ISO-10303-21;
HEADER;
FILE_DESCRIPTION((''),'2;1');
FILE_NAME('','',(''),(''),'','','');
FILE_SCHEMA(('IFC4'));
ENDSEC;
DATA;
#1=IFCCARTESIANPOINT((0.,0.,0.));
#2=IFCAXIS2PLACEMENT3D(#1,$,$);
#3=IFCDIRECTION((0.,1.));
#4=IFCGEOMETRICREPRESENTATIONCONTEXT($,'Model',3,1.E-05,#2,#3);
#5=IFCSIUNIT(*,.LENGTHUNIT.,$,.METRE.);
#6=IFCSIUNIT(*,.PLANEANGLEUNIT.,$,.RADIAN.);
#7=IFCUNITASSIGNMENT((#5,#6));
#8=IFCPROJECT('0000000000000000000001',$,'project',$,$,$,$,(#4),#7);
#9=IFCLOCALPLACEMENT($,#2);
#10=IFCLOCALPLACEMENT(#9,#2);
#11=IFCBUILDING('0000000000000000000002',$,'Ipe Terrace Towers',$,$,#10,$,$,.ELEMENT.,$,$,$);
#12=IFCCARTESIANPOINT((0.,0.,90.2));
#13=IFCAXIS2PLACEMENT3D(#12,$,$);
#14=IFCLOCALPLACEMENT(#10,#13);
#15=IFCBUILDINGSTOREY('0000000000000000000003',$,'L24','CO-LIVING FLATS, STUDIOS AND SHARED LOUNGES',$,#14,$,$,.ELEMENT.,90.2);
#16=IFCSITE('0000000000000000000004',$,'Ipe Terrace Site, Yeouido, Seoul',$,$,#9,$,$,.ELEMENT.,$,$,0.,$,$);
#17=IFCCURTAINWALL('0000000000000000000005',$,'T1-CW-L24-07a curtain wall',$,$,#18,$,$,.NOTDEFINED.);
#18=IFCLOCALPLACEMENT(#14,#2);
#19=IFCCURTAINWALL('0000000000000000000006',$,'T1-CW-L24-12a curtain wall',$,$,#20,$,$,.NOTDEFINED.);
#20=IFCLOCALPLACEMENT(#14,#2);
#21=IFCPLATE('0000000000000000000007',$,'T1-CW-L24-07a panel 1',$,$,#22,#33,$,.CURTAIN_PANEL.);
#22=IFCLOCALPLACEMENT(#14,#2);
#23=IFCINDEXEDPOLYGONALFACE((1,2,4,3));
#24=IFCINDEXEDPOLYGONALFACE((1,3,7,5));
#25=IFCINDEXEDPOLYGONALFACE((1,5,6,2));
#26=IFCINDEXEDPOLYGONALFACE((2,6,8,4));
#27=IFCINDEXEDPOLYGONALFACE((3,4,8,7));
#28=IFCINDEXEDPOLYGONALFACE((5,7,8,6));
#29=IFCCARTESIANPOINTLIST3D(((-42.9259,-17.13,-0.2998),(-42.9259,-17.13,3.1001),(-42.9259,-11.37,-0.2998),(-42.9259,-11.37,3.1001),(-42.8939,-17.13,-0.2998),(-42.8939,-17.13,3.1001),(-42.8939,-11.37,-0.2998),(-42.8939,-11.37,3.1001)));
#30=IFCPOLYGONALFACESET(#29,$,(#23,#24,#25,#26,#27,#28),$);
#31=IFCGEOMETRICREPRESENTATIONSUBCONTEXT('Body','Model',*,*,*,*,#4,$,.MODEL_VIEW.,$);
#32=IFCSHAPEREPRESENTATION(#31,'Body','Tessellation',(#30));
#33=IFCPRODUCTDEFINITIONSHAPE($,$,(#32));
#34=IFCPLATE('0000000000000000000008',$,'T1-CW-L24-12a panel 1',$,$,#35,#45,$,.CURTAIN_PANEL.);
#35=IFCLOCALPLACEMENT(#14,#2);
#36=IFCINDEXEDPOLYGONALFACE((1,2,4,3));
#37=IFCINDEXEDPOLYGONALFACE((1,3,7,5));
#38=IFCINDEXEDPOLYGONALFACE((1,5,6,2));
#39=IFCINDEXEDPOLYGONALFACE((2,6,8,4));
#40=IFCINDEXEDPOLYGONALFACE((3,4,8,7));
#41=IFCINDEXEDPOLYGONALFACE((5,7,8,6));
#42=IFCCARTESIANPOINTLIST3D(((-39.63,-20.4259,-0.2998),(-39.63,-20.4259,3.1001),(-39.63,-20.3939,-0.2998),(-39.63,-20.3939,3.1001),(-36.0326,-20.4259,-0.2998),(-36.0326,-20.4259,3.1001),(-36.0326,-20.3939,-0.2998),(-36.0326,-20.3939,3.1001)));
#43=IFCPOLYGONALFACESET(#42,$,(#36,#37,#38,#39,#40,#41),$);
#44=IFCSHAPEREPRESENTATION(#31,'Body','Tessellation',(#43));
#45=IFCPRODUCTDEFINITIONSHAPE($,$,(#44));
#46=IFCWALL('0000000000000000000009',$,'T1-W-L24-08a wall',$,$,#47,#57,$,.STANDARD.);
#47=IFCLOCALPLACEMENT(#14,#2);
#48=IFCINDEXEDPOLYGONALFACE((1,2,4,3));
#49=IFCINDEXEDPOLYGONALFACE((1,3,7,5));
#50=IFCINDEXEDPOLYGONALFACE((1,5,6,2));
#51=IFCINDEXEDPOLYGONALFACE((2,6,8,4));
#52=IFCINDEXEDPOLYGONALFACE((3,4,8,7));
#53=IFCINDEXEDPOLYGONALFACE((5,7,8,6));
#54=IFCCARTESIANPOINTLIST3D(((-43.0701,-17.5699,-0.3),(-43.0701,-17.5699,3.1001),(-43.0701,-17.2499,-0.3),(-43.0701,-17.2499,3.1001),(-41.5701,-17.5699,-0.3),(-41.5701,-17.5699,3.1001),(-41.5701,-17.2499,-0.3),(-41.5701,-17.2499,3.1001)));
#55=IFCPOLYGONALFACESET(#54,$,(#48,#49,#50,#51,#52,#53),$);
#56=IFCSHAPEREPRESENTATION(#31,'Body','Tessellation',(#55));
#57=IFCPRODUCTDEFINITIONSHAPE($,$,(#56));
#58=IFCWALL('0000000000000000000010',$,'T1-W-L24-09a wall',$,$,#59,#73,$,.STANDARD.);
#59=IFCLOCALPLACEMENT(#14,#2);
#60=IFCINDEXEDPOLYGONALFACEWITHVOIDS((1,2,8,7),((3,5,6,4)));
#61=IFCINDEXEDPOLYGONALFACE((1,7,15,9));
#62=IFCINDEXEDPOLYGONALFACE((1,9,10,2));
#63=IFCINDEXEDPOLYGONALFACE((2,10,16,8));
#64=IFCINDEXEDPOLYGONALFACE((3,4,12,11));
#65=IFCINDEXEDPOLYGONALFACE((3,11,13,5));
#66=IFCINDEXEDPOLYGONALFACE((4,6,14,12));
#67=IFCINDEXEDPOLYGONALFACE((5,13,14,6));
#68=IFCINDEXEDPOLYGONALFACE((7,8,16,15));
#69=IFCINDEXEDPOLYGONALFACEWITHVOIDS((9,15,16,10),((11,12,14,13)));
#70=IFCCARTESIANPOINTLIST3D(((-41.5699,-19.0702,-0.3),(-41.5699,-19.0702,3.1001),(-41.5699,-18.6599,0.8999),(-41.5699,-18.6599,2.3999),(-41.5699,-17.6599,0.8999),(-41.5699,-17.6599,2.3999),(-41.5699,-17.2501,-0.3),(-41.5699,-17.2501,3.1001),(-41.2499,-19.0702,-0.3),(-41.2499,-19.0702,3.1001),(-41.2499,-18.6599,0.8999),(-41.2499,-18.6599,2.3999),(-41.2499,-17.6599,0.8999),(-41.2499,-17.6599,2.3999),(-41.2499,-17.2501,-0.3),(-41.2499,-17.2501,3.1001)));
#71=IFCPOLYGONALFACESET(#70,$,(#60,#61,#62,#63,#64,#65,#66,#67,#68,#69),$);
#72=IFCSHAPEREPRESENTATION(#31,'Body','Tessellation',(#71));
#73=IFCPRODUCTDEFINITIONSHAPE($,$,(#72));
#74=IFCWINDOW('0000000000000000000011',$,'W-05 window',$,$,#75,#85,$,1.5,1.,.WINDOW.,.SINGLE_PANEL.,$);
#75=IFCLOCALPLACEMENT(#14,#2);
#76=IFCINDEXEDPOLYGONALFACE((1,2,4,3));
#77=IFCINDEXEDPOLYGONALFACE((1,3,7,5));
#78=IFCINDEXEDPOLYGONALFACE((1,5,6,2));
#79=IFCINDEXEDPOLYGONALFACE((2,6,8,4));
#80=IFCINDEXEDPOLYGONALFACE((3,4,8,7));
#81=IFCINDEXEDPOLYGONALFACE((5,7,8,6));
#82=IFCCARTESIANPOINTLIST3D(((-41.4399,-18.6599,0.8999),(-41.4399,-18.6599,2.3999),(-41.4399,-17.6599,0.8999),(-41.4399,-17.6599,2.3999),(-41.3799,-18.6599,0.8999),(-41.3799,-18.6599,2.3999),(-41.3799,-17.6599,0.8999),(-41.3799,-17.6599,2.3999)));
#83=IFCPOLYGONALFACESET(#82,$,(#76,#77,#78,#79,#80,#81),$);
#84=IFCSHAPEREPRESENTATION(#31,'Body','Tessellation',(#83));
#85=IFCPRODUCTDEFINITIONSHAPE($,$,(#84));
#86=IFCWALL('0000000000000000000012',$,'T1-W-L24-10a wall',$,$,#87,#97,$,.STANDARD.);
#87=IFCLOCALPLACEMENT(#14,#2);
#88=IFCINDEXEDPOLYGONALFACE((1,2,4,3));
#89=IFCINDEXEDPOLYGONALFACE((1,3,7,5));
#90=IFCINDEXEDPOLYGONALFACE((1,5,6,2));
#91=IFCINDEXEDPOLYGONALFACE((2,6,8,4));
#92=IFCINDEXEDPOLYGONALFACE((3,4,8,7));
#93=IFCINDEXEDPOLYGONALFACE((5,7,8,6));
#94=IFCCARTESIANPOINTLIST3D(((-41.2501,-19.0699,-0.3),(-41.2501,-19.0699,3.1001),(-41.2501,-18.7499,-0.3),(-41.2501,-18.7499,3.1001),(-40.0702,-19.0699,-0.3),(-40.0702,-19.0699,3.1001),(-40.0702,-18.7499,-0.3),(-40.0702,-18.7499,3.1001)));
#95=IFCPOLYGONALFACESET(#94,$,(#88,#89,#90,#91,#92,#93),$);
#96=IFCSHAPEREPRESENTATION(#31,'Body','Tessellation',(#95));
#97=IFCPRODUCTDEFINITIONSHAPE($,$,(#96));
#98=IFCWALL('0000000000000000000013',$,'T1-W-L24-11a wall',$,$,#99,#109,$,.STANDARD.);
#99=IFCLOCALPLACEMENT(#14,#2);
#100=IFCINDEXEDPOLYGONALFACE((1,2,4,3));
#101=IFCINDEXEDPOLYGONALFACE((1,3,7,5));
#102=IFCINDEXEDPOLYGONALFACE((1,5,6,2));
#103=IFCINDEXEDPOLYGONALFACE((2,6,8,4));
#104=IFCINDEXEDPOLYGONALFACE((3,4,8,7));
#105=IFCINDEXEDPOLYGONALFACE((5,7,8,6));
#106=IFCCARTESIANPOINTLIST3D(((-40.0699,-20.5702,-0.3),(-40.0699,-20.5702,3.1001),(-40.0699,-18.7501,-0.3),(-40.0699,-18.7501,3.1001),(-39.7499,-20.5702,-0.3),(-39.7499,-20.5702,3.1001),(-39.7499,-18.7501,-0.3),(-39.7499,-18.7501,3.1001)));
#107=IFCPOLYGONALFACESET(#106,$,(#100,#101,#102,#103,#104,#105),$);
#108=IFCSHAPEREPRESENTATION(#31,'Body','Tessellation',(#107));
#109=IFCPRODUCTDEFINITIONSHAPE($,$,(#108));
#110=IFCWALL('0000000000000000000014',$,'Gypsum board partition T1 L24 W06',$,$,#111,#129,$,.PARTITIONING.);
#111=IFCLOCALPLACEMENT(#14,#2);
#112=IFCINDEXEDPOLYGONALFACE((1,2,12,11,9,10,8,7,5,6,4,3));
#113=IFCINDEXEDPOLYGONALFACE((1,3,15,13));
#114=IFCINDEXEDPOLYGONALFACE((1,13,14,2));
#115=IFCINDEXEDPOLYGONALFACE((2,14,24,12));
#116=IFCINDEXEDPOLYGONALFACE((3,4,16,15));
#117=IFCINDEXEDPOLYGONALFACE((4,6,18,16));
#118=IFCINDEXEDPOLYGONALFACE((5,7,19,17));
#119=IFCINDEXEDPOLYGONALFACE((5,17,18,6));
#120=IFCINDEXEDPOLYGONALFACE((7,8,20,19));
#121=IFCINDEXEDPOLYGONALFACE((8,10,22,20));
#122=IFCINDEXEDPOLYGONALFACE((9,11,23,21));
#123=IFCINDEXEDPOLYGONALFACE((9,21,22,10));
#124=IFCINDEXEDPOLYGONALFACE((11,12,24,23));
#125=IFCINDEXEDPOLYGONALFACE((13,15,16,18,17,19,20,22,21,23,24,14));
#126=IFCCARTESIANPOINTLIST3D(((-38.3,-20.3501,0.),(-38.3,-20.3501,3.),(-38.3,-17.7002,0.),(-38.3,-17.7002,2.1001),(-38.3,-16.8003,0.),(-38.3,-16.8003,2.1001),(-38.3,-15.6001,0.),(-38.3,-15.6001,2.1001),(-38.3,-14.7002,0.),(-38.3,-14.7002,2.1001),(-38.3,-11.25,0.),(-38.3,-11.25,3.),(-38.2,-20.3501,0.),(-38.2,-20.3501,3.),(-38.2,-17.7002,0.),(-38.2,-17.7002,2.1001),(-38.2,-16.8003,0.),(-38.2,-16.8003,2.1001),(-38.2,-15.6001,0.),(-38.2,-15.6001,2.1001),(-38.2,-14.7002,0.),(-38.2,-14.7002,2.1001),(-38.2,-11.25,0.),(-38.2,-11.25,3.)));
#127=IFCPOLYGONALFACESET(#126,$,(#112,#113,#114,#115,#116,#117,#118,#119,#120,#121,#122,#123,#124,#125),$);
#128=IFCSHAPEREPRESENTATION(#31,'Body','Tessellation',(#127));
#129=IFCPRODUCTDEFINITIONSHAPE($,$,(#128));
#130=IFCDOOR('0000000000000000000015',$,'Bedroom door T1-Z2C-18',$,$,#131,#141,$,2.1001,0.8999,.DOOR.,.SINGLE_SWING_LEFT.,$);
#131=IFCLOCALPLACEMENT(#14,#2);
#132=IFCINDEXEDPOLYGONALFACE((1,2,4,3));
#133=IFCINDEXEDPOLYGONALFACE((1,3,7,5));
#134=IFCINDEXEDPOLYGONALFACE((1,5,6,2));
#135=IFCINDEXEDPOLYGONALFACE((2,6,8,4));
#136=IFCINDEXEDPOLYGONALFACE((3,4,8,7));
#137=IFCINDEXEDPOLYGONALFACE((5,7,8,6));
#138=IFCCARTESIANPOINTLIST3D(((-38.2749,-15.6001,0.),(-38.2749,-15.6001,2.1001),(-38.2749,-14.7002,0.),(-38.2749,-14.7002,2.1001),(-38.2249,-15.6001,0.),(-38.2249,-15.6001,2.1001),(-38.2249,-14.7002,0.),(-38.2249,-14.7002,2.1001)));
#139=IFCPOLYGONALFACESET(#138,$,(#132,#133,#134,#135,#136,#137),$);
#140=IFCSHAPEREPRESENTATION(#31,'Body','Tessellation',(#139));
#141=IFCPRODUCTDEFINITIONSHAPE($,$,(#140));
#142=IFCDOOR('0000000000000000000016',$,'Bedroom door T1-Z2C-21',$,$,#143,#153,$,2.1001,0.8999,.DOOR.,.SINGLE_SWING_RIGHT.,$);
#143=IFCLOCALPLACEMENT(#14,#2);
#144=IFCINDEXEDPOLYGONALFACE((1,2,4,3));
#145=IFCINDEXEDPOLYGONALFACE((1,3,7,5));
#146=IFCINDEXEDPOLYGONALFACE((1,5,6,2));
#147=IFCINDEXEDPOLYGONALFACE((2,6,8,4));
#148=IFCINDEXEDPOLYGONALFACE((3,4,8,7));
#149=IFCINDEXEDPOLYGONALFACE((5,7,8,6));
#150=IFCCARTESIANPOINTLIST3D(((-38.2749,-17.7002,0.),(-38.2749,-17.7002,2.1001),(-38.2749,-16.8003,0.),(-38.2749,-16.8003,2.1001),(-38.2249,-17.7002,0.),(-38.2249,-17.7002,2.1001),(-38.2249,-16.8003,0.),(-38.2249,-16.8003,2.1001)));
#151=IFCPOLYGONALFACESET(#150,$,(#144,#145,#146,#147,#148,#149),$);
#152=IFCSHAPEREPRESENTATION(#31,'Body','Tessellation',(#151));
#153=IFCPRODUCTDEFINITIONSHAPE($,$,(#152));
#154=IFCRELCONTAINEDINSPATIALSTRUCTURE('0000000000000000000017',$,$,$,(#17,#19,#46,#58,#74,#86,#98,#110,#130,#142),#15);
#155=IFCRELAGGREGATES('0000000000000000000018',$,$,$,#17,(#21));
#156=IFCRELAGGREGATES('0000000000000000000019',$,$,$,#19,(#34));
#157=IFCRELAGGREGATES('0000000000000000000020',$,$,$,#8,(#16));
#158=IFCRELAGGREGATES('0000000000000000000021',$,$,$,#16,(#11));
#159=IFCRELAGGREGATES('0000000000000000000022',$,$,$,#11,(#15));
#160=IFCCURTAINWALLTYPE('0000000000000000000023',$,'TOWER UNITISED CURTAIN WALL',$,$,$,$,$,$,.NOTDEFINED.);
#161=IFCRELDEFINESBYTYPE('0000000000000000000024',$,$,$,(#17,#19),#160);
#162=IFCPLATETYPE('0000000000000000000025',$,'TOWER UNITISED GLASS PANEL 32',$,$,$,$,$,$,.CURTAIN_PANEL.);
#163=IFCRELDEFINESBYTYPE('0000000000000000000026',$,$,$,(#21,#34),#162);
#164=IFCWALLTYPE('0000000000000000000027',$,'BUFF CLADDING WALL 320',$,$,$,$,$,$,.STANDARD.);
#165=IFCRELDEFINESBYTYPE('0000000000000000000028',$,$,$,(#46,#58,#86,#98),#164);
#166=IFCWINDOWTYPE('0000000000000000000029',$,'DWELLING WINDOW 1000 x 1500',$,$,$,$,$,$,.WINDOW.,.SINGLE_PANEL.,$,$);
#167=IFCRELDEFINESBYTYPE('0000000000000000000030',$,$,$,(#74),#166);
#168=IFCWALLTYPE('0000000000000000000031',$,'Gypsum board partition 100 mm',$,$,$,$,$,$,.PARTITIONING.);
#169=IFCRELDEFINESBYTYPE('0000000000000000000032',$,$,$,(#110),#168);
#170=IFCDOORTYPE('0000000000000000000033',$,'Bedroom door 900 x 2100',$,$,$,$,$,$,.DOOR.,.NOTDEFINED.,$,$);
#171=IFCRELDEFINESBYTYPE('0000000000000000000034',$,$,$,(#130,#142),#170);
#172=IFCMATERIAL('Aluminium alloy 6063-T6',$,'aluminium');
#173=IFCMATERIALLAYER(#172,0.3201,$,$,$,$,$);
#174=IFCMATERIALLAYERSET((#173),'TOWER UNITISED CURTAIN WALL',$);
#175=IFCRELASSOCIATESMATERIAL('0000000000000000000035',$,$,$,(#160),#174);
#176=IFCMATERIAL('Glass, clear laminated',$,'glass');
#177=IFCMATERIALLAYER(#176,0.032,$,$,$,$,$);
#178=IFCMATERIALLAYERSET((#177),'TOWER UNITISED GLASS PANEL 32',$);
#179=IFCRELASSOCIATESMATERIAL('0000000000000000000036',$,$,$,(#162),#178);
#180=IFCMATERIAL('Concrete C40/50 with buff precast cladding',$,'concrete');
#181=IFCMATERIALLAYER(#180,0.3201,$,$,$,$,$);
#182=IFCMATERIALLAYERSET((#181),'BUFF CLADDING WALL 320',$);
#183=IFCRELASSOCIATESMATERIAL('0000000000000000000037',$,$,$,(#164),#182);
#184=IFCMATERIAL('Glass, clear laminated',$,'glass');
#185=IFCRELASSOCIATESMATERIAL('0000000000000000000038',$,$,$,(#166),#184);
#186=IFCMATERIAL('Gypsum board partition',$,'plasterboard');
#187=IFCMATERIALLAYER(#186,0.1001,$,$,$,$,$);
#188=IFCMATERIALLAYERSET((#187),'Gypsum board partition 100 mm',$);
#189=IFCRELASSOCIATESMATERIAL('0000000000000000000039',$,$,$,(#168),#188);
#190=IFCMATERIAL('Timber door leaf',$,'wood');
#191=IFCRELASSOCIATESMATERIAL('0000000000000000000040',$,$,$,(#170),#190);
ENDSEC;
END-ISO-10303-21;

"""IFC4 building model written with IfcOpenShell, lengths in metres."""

from ifc_helpers import new_model, si_unit, direction, frame, frame_2d, origin, origin_2d, place, context, subcontext, project, spatial, rectangle, extrude, material, layer, layer_set, type_object, element, fill, aggregate, save


model = new_model("IFC4")

# Units and contexts
model_context = context("Model", 3, precision=1e-05, world=origin(), true_north=direction((0.0, 1.0)))
body_context = subcontext(model_context, "Body", "Model", "MODEL_VIEW")
ifc_project = project(units=[si_unit("LENGTHUNIT", "METRE"), si_unit("PLANEANGLEUNIT", "RADIAN")], contexts=[model_context])

# Site, building, storey
site_placement = place(None, origin())
site = spatial("IfcSite", under=ifc_project, at=site_placement, Name="Ipe Terrace Site, Yeouido, Seoul", CompositionType="ELEMENT", RefElevation=0.0)
building_placement = place(site_placement, origin())
building = spatial("IfcBuilding", under=site, at=building_placement, Name="Ipe Terrace Towers", CompositionType="ELEMENT")
storey_placement = place(building_placement, frame((0.0, 0.0, 90.2)))
storey = spatial("IfcBuildingStorey", under=building, at=storey_placement, Name="L24", Description="CO-LIVING FLATS, STUDIOS AND SHARED LOUNGES", CompositionType="ELEMENT", Elevation=90.2)

# Curtain wall
ifc_material_1 = material(Name="Aluminium alloy 6063-T6", Category="aluminium")
ifc_layer_1 = layer(ifc_material_1, 0.3201)
ifc_layer_set_1 = layer_set([ifc_layer_1], Name="TOWER UNITISED CURTAIN WALL")
curtain_wall_type = type_object("IfcCurtainWallType", Name="TOWER UNITISED CURTAIN WALL", PredefinedType="NOTDEFINED", material=ifc_layer_set_1)
curtain_wall_1_placement = place(storey_placement, origin())
curtain_wall_1 = element("IfcCurtainWall", 1, at=curtain_wall_1_placement, inside=storey, type_object=curtain_wall_type, Name="T1-CW-L24-07a curtain wall", PredefinedType="NOTDEFINED")

# Curtain wall
curtain_wall_2_placement = place(storey_placement, origin())
curtain_wall_2 = element("IfcCurtainWall", 2, at=curtain_wall_2_placement, inside=storey, type_object=curtain_wall_type, Name="T1-CW-L24-12a curtain wall", PredefinedType="NOTDEFINED")

# Plates
ifc_material_2 = material(Name="Glass, clear laminated", Category="glass")
ifc_layer_2 = layer(ifc_material_2, 0.032)
ifc_layer_set_2 = layer_set([ifc_layer_2], Name="TOWER UNITISED GLASS PANEL 32")
plate_type = type_object("IfcPlateType", Name="TOWER UNITISED GLASS PANEL 32", PredefinedType="CURTAIN_PANEL", material=ifc_layer_set_2)
plate_1_placement = place(storey_placement, frame((-42.9099, -14.25, -0.2998), z_axis=(0.0, 0.0, 1.0), x_axis=(0.0, -1.0, 0.0)))
plate_1 = element("IfcPlate", 3, at=plate_1_placement, type_object=plate_type, Name="T1-CW-L24-07a panel 1", PredefinedType="CURTAIN_PANEL", context=body_context, shape_type="SweptSolid", body=[
    extrude(rectangle(XDim=5.76, YDim=0.032, at=origin_2d()), origin(), (0.0, 0.0, 1.0), 3.3999),
])
aggregate(curtain_wall_1, [plate_1])
plate_2_placement = place(storey_placement, frame((-37.8313, -20.4099, -0.2998), z_axis=(0.0, 0.0, 1.0), x_axis=(1.0, 0.0, 0.0)))
plate_2 = element("IfcPlate", 4, at=plate_2_placement, type_object=plate_type, Name="T1-CW-L24-12a panel 1", PredefinedType="CURTAIN_PANEL", context=body_context, shape_type="SweptSolid", body=[
    extrude(rectangle(XDim=3.5974, YDim=0.032, at=origin_2d()), origin(), (0.0, 0.0, 1.0), 3.3999),
])
aggregate(curtain_wall_2, [plate_2])

# Wall
ifc_material_3 = material(Name="Concrete C40/50 with buff precast cladding", Category="concrete")
ifc_layer_3 = layer(ifc_material_3, 0.3201)
ifc_layer_set_3 = layer_set([ifc_layer_3], Name="BUFF CLADDING WALL 320")
wall_type_1 = type_object("IfcWallType", Name="BUFF CLADDING WALL 320", PredefinedType="STANDARD", material=ifc_layer_set_3)
wall_1_placement = place(storey_placement, frame((-43.0701, -17.4099, -0.3), z_axis=(0.0, 0.0, 1.0), x_axis=(1.0, 0.0, 0.0)))
element("IfcWall", 5, at=wall_1_placement, inside=storey, type_object=wall_type_1, Name="T1-W-L24-08a wall", PredefinedType="STANDARD", context=body_context, shape_type="SweptSolid", body=[
    extrude(rectangle(XDim=1.5, YDim=0.3201, at=frame_2d((0.75, 0.0))), origin(), (0.0, 0.0, 1.0), 3.4001),
])

# Wall, opening, window
wall_2_placement = place(storey_placement, frame((-41.4099, -17.25, -0.3), z_axis=(0.0, 0.0, 1.0), x_axis=(0.0, -1.0, 0.0)))
wall_2 = element("IfcWall", 6, at=wall_2_placement, inside=storey, type_object=wall_type_1, Name="T1-W-L24-09a wall", PredefinedType="STANDARD", context=body_context, shape_type="SweptSolid", body=[
    extrude(rectangle(XDim=1.8201, YDim=0.3201, at=frame_2d((0.9102, 0.0))), origin(), (0.0, 0.0, 1.0), 3.4001),
])
opening_1_placement = place(wall_2_placement, frame((0.4099, 0.0, 1.2)))
opening_1 = element("IfcOpeningElement", 7, at=opening_1_placement, cuts=wall_2, PredefinedType="OPENING", context=body_context, shape_type="SweptSolid", body=[
    extrude(rectangle(XDim=1.0, YDim=1.5, at=frame_2d((0.5, 0.75))), frame((0.0, 0.1699, 0.0), z_axis=(0.0, -1.0, 0.0), x_axis=(1.0, 0.0, 0.0)), (0.0, 0.0, 1.0), 0.3401),
])
ifc_material_4 = material(Name="Glass, clear laminated", Category="glass")
window_type = type_object("IfcWindowType", Name="DWELLING WINDOW 1000 x 1500", PartitioningType="SINGLE_PANEL", PredefinedType="WINDOW", material=ifc_material_4)
window_placement = place(opening_1_placement, origin())
window = element("IfcWindow", 8, at=window_placement, inside=storey, type_object=window_type, Name="W-05 window", OverallHeight=1.5, OverallWidth=1.0, PartitioningType="SINGLE_PANEL", PredefinedType="WINDOW", context=body_context, shape_type="SweptSolid", body=[
    extrude(rectangle(XDim=1.0, YDim=1.5, at=frame_2d((0.5, 0.75))), frame((0.0, 0.03, 0.0), z_axis=(0.0, -1.0, 0.0), x_axis=(1.0, 0.0, 0.0)), (0.0, 0.0, 1.0), 0.0601),
])
fill(opening_1, window)

# Walls
wall_3_placement = place(storey_placement, frame((-41.25, -18.9099, -0.3), z_axis=(0.0, 0.0, 1.0), x_axis=(1.0, 0.0, 0.0)))
element("IfcWall", 9, at=wall_3_placement, inside=storey, type_object=wall_type_1, Name="T1-W-L24-10a wall", PredefinedType="STANDARD", context=body_context, shape_type="SweptSolid", body=[
    extrude(rectangle(XDim=1.1799, YDim=0.3201, at=frame_2d((0.5898, 0.0))), origin(), (0.0, 0.0, 1.0), 3.4001),
])
wall_4_placement = place(storey_placement, frame((-39.9099, -18.75, -0.3), z_axis=(0.0, 0.0, 1.0), x_axis=(0.0, -1.0, 0.0)))
element("IfcWall", 10, at=wall_4_placement, inside=storey, type_object=wall_type_1, Name="T1-W-L24-11a wall", PredefinedType="STANDARD", context=body_context, shape_type="SweptSolid", body=[
    extrude(rectangle(XDim=1.8201, YDim=0.3201, at=frame_2d((0.9102, 0.0))), origin(), (0.0, 0.0, 1.0), 3.4001),
])

# Wall, openings, doors
ifc_material_5 = material(Name="Gypsum board partition", Category="plasterboard")
ifc_layer_4 = layer(ifc_material_5, 0.1001)
ifc_layer_set_4 = layer_set([ifc_layer_4], Name="Gypsum board partition 100 mm")
wall_type_2 = type_object("IfcWallType", Name="Gypsum board partition 100 mm", PredefinedType="PARTITIONING", material=ifc_layer_set_4)
wall_5_placement = place(storey_placement, frame((-38.25, -20.3501, 0.0), z_axis=(0.0, 0.0, 1.0), x_axis=(0.0, 1.0, 0.0)))
wall_5 = element("IfcWall", 11, at=wall_5_placement, inside=storey, type_object=wall_type_2, Name="Gypsum board partition T1 L24 W06", PredefinedType="PARTITIONING", context=body_context, shape_type="SweptSolid", body=[
    extrude(rectangle(XDim=9.1001, YDim=0.1001, at=frame_2d((4.55, 0.0))), origin(), (0.0, 0.0, 1.0), 3.0),
])
opening_2_placement = place(wall_5_placement, frame((4.75, 0.0, 0.0)))
opening_2 = element("IfcOpeningElement", 12, at=opening_2_placement, cuts=wall_5, PredefinedType="OPENING", context=body_context, shape_type="SweptSolid", body=[
    extrude(rectangle(XDim=0.8999, YDim=2.1001, at=frame_2d((0.45, 1.05))), frame((0.0, 0.0601, 0.0), z_axis=(0.0, -1.0, 0.0), x_axis=(1.0, 0.0, 0.0)), (0.0, 0.0, 1.0), 0.1201),
])
opening_3_placement = place(wall_5_placement, frame((2.6499, 0.0, 0.0)))
opening_3 = element("IfcOpeningElement", 13, at=opening_3_placement, cuts=wall_5, PredefinedType="OPENING", context=body_context, shape_type="SweptSolid", body=[
    extrude(rectangle(XDim=0.8999, YDim=2.1001, at=frame_2d((0.45, 1.05))), frame((0.0, 0.0601, 0.0), z_axis=(0.0, -1.0, 0.0), x_axis=(1.0, 0.0, 0.0)), (0.0, 0.0, 1.0), 0.1201),
])
ifc_material_6 = material(Name="Timber door leaf", Category="wood")
door_type_1 = type_object("IfcDoorType", Name="Bedroom door 900 x 2100", OperationType="NOTDEFINED", PredefinedType="DOOR", material=ifc_material_6)
door_1_placement = place(opening_2_placement, origin())
door_1 = element("IfcDoor", 14, at=door_1_placement, inside=storey, type_object=door_type_1, Name="Bedroom door T1-Z2C-18", OperationType="SINGLE_SWING_LEFT", OverallHeight=2.1001, OverallWidth=0.8999, PredefinedType="DOOR", context=body_context, shape_type="SweptSolid", body=[
    extrude(rectangle(XDim=0.8999, YDim=2.1001, at=frame_2d((0.45, 1.05))), frame((0.0, 0.0249, 0.0), z_axis=(0.0, -1.0, 0.0), x_axis=(1.0, 0.0, 0.0)), (0.0, 0.0, 1.0), 0.05),
])
fill(opening_2, door_1)
door_2_placement = place(opening_3_placement, origin())
door_2 = element("IfcDoor", 15, at=door_2_placement, inside=storey, type_object=door_type_1, Name="Bedroom door T1-Z2C-21", OperationType="SINGLE_SWING_RIGHT", OverallHeight=2.1001, OverallWidth=0.8999, PredefinedType="DOOR", context=body_context, shape_type="SweptSolid", body=[
    extrude(rectangle(XDim=0.8999, YDim=2.1001, at=frame_2d((0.45, 1.05))), frame((0.0, 0.0249, 0.0), z_axis=(0.0, -1.0, 0.0), x_axis=(1.0, 0.0, 0.0)), (0.0, 0.0, 1.0), 0.05),
])
fill(opening_3, door_2)

save(model, "model.ifc")
